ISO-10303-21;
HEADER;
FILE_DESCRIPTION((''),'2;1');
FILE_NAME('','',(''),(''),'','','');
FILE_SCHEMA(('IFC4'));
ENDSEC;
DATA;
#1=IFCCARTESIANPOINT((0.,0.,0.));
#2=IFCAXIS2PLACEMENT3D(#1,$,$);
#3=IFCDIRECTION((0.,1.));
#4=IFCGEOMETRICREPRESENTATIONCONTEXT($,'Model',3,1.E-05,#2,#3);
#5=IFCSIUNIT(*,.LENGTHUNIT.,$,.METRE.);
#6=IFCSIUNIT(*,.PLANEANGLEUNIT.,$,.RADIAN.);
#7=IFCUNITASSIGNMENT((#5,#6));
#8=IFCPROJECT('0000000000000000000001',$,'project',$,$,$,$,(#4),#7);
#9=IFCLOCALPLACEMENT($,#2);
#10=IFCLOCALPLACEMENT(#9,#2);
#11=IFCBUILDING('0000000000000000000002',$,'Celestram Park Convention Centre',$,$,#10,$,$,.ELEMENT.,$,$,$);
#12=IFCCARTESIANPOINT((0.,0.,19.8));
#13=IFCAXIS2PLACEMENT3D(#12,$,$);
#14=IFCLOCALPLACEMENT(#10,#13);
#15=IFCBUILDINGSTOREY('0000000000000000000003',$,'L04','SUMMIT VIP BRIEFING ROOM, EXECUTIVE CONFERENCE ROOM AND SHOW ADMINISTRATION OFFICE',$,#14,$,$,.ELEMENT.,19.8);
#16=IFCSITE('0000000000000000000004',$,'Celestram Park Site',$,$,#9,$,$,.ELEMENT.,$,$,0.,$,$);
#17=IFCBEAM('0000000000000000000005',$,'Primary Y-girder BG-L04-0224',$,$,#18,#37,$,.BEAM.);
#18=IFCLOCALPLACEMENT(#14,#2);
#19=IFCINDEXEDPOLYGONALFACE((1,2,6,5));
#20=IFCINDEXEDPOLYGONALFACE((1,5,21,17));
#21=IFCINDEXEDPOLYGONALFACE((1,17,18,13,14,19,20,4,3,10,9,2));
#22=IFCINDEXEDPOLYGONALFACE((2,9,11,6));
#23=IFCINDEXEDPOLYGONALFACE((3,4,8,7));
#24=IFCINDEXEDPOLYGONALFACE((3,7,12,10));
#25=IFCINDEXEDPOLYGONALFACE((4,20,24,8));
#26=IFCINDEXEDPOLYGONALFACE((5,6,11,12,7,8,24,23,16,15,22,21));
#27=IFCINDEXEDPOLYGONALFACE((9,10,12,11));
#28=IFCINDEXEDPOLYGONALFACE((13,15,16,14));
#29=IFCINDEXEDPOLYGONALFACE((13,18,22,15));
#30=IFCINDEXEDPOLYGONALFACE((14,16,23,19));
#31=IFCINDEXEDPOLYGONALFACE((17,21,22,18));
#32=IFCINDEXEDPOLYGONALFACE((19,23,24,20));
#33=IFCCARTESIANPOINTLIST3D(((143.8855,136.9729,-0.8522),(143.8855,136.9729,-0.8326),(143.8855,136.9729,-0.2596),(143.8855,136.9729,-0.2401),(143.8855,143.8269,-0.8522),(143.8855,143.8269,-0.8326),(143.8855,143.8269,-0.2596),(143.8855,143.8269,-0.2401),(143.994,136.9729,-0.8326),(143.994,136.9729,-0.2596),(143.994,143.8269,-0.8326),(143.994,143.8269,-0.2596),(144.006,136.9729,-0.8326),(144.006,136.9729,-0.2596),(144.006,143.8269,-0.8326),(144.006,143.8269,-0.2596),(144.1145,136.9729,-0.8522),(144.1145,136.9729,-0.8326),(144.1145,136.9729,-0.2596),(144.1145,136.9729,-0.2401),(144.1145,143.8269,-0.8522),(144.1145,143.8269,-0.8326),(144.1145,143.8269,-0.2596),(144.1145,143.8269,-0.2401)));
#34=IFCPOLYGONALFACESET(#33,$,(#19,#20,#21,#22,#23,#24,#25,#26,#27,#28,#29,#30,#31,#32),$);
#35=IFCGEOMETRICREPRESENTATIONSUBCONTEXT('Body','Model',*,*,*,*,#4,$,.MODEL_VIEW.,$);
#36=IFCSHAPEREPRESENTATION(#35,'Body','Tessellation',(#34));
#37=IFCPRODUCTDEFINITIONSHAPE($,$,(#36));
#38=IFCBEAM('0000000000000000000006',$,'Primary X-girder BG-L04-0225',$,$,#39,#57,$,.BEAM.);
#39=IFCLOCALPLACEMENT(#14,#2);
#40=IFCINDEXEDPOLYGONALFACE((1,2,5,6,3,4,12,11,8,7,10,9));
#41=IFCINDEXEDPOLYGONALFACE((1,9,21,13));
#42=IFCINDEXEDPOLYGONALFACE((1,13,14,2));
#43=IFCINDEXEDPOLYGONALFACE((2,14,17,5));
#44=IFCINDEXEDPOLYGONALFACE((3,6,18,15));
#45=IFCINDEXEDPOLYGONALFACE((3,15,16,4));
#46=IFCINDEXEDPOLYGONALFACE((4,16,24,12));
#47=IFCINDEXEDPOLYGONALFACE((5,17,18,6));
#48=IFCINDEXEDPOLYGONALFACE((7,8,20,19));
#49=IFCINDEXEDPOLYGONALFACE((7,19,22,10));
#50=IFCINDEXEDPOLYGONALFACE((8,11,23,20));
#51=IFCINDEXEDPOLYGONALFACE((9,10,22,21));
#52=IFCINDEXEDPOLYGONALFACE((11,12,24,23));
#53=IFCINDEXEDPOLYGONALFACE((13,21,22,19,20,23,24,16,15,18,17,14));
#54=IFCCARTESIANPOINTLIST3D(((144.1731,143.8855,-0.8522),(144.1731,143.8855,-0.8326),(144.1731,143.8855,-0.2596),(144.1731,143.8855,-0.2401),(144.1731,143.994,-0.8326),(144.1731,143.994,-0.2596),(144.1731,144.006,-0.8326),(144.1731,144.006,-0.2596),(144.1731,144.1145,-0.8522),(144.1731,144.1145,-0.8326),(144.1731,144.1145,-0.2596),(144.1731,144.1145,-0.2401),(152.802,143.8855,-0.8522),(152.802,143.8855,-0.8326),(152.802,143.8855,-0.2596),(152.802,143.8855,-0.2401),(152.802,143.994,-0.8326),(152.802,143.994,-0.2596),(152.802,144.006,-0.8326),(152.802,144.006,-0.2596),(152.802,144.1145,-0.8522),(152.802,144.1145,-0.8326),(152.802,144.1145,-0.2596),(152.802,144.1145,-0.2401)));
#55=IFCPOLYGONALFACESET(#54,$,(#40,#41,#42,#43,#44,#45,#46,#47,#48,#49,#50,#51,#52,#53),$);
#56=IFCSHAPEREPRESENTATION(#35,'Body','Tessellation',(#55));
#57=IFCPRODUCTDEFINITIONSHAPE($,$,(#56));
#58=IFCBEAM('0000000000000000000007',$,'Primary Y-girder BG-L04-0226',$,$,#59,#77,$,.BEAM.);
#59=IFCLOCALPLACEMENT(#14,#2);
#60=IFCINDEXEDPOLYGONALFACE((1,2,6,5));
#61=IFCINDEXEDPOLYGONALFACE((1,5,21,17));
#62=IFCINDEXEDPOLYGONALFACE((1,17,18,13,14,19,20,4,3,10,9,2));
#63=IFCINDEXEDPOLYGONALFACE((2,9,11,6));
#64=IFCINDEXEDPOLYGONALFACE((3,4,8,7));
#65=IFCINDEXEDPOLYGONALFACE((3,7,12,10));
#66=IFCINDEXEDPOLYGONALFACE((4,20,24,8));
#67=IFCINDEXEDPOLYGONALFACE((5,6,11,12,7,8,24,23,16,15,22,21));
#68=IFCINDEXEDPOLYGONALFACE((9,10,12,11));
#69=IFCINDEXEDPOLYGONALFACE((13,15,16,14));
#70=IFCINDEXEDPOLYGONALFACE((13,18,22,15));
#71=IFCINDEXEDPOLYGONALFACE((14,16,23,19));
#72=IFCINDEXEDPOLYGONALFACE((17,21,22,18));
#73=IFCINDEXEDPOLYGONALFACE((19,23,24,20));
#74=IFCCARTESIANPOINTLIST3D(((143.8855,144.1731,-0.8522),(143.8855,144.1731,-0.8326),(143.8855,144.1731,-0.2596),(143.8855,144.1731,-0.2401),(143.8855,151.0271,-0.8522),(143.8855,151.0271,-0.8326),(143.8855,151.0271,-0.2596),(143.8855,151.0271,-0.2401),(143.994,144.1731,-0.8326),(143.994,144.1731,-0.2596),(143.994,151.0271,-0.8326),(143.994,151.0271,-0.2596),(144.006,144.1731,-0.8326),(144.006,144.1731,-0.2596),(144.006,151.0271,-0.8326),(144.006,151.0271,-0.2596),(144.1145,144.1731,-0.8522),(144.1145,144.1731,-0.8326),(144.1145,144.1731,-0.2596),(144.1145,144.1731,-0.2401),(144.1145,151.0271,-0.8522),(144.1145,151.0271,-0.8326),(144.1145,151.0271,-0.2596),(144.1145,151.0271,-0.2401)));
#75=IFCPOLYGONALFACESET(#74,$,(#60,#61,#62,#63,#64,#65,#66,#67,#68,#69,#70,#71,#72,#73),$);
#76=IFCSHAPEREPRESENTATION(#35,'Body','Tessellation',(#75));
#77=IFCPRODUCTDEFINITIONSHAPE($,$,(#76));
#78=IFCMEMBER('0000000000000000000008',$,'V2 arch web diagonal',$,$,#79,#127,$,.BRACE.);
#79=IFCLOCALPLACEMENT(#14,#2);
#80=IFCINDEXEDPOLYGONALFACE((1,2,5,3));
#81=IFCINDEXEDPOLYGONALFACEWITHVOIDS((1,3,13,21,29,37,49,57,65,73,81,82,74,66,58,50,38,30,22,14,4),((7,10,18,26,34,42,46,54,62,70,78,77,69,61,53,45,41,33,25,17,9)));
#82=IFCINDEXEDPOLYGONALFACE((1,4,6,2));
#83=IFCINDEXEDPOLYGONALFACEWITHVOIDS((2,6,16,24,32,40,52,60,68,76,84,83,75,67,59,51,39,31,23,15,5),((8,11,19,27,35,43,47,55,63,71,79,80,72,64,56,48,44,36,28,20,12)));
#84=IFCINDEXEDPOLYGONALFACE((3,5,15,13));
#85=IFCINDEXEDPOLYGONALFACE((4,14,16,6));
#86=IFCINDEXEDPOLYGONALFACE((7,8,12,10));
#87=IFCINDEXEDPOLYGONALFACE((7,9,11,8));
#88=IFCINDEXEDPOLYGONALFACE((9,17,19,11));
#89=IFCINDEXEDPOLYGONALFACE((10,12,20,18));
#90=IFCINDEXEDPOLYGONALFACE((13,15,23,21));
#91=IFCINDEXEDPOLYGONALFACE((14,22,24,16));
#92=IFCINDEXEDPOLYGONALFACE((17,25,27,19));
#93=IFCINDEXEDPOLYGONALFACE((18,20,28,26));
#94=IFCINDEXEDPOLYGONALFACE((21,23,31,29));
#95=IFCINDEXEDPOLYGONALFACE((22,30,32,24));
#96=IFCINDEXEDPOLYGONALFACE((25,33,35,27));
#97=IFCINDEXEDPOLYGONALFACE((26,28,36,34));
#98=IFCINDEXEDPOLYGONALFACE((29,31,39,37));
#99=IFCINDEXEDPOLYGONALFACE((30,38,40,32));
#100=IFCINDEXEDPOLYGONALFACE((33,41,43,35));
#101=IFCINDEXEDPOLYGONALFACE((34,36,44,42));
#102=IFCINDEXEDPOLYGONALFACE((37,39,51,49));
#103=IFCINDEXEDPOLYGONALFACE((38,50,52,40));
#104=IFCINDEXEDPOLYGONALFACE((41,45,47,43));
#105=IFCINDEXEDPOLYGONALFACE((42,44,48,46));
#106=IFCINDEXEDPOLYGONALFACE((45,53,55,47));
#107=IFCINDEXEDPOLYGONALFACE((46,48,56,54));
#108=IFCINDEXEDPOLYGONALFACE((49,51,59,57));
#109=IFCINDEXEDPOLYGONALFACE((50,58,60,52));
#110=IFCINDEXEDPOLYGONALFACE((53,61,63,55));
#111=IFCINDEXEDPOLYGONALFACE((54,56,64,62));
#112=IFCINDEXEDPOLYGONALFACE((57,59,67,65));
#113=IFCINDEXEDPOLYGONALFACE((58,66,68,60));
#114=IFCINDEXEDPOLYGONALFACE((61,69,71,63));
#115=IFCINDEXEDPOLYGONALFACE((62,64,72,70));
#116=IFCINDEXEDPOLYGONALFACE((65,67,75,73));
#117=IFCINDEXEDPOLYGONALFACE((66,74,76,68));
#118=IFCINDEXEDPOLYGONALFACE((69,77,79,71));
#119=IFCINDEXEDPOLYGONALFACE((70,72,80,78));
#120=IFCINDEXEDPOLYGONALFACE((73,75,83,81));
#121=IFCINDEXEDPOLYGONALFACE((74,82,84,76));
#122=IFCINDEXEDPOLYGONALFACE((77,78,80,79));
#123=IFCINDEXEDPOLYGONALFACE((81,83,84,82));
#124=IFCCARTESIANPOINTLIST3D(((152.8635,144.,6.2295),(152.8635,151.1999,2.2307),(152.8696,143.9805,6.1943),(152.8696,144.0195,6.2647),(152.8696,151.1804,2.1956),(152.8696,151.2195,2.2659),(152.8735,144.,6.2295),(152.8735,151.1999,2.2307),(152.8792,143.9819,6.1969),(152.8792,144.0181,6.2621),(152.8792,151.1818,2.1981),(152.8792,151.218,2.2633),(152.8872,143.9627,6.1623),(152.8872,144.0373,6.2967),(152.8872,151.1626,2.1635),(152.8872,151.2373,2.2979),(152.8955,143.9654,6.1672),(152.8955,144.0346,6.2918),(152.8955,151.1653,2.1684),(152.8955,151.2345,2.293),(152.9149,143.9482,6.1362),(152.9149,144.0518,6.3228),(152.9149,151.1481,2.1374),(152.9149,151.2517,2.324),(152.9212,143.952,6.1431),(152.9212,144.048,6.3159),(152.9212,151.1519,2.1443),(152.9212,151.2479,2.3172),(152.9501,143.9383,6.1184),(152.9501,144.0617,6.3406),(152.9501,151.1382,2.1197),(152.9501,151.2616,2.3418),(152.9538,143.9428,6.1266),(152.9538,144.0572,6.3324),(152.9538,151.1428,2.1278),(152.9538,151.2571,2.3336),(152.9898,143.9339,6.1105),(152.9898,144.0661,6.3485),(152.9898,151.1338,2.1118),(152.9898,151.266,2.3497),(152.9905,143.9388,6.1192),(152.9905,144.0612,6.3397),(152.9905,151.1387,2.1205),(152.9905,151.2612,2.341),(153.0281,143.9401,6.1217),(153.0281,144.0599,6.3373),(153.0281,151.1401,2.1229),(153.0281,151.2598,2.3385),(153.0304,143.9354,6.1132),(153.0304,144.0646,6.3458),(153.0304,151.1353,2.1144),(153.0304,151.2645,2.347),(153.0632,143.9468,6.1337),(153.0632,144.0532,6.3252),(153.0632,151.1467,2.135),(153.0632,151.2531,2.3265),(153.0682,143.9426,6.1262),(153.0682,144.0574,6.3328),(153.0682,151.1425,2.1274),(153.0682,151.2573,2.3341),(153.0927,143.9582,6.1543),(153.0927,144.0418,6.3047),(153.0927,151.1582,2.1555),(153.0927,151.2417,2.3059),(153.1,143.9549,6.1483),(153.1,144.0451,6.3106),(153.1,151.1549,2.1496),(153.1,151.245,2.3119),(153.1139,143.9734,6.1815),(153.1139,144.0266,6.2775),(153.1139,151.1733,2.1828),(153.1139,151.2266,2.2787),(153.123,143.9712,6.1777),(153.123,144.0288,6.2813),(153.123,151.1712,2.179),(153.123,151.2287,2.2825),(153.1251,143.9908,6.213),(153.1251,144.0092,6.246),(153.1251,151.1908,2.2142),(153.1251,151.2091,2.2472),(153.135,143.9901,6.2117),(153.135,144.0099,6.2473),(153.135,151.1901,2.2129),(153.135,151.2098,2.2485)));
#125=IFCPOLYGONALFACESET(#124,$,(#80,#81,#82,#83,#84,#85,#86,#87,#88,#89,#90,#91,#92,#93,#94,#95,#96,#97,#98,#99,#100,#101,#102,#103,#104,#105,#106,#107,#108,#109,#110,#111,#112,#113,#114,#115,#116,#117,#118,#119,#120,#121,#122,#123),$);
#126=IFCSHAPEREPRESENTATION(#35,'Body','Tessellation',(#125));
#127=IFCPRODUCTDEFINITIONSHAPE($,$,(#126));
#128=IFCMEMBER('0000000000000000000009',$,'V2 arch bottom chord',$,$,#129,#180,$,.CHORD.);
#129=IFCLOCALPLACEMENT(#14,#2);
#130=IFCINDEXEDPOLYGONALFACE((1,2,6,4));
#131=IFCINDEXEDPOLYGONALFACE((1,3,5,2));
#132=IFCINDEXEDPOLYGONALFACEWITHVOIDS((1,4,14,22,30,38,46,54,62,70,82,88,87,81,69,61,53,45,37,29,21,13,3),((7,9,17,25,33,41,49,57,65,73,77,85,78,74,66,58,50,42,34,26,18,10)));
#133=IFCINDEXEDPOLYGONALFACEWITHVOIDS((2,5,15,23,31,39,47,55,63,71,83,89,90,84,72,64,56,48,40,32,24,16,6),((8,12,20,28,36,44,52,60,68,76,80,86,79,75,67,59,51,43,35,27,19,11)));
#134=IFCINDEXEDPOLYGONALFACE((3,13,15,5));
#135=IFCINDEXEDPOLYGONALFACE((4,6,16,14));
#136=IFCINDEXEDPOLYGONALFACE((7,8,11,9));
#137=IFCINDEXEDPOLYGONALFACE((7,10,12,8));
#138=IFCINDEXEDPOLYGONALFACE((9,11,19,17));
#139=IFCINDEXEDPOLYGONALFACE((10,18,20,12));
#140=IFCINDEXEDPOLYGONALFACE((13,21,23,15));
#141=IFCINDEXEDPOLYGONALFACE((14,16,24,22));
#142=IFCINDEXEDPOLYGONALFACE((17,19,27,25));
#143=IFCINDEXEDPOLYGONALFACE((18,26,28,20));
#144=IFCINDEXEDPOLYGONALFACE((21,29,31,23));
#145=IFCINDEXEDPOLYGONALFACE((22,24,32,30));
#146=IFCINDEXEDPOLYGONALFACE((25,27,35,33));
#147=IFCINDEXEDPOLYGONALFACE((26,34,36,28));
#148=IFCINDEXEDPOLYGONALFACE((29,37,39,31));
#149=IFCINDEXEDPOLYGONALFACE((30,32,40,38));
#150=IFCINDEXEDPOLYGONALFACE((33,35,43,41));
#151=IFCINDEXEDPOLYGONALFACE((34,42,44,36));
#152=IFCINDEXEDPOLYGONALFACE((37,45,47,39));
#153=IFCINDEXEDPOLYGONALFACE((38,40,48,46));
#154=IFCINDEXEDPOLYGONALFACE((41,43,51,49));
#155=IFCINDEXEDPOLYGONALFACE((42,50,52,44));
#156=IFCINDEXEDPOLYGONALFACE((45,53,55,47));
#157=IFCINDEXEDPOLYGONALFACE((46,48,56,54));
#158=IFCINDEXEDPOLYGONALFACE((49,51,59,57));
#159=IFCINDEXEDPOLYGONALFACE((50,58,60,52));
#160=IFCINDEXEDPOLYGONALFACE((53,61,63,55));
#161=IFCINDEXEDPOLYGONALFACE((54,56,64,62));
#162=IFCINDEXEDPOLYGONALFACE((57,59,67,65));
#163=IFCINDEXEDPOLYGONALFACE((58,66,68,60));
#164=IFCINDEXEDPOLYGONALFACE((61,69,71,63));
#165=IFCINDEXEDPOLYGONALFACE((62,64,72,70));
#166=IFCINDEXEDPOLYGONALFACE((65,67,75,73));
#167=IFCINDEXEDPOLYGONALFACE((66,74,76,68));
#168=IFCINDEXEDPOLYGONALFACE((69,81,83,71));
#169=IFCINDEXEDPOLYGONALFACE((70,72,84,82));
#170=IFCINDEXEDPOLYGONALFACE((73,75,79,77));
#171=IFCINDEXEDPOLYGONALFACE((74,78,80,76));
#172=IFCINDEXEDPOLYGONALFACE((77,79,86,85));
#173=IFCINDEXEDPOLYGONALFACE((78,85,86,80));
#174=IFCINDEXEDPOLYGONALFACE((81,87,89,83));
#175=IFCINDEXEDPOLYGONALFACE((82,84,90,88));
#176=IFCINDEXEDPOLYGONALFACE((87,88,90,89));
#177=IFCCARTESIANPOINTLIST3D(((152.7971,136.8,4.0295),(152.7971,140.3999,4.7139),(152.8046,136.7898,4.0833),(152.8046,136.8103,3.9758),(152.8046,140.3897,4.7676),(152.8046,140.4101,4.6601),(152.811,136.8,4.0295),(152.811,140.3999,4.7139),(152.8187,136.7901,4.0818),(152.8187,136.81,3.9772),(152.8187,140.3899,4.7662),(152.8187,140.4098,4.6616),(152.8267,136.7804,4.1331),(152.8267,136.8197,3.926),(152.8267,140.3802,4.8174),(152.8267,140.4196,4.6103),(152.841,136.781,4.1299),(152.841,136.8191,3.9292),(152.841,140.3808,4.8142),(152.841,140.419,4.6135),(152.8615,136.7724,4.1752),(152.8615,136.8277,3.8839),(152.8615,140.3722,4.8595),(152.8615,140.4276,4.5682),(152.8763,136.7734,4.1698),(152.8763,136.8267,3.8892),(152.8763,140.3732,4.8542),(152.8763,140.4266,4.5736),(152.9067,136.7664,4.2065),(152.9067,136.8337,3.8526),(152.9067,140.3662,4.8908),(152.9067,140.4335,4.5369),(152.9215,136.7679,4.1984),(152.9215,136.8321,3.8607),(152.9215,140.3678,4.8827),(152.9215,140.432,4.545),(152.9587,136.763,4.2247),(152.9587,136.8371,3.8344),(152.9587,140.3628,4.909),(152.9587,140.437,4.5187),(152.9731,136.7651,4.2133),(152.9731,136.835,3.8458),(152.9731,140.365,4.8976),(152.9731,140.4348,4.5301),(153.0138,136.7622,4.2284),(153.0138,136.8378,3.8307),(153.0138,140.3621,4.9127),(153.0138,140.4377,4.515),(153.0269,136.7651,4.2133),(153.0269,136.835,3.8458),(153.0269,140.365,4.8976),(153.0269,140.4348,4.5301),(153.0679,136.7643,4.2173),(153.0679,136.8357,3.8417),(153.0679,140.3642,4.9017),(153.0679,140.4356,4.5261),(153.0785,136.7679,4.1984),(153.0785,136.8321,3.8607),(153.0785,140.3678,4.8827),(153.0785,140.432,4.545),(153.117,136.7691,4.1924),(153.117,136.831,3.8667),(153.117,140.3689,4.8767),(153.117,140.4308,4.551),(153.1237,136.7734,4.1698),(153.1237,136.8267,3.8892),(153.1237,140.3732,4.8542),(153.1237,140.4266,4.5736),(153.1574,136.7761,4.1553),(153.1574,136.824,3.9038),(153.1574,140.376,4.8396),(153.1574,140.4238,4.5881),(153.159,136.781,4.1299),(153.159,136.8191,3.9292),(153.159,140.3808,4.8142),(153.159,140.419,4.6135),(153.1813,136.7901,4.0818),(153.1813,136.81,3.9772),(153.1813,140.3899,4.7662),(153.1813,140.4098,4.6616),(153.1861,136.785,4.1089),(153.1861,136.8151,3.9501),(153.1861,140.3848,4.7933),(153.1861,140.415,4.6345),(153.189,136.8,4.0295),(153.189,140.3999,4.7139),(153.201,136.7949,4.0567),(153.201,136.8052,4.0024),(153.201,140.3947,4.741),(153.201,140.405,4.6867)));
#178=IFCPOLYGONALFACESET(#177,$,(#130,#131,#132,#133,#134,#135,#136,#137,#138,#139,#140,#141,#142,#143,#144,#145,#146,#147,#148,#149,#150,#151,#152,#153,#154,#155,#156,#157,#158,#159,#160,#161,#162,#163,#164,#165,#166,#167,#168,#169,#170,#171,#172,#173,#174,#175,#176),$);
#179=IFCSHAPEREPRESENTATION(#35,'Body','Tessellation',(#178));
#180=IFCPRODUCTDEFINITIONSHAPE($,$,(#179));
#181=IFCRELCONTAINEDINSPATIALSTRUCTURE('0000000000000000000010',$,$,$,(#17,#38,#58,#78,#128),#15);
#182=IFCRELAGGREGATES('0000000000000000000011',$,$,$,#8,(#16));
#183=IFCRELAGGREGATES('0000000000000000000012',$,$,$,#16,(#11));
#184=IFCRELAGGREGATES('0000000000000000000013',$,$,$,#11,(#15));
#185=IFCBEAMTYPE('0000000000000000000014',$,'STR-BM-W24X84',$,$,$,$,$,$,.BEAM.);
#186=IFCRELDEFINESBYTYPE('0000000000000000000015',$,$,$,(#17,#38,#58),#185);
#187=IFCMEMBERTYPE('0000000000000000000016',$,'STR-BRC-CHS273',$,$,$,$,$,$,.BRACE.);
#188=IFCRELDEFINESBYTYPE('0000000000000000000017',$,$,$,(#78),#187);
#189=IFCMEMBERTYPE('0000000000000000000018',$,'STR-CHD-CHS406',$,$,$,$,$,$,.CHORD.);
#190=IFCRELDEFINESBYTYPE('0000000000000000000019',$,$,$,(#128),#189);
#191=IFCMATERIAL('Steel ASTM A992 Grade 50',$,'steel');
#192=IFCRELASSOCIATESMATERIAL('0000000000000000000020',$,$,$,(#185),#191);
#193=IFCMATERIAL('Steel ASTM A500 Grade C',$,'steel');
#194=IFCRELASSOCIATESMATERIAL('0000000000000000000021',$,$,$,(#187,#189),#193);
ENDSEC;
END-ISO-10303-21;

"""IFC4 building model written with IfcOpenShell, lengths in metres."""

from ifc_helpers import new_model, si_unit, direction, frame, origin, origin_2d, place, context, subcontext, project, spatial, hollow_circle, i_section, extrude, material, material_profile, profile_set, type_object, element, save


model = new_model("IFC4")

# Units and contexts
model_context = context("Model", 3, precision=1e-05, world=origin(), true_north=direction((0.0, 1.0)))
body_context = subcontext(model_context, "Body", "Model", "MODEL_VIEW")
ifc_project = project(units=[si_unit("LENGTHUNIT", "METRE"), si_unit("PLANEANGLEUNIT", "RADIAN")], contexts=[model_context])

# Site, building, storey
site_placement = place(None, origin())
site = spatial("IfcSite", under=ifc_project, at=site_placement, Name="Celestram Park Site", CompositionType="ELEMENT", RefElevation=0.0)
building_placement = place(site_placement, origin())
building = spatial("IfcBuilding", under=site, at=building_placement, Name="Celestram Park Convention Centre", CompositionType="ELEMENT")
storey_placement = place(building_placement, frame((0.0, 0.0, 19.8)))
storey = spatial("IfcBuildingStorey", under=building, at=storey_placement, Name="L04", Description="SUMMIT VIP BRIEFING ROOM, EXECUTIVE CONFERENCE ROOM AND SHOW ADMINISTRATION OFFICE", CompositionType="ELEMENT", Elevation=19.8)

# Beams
ifc_material_1 = material(Name="Steel ASTM A992 Grade 50", Category="steel")
ifc_material_profile_1 = material_profile(ifc_material_1, i_section(OverallWidth=0.229, OverallDepth=0.6121, WebThickness=0.012, FlangeThickness=0.0195, at=origin_2d()), Name="W24X84")
ifc_profile_set_1 = profile_set([ifc_material_profile_1], Name="Steel ASTM A992 Grade 50")
beam_type_1 = type_object("IfcBeamType", Name="STR-BM-W24X84", PredefinedType="BEAM", material=ifc_profile_set_1)
beam_1_placement = place(storey_placement, frame((144.0, 136.9729, -0.5461), z_axis=(0.0, 1.0, 0.0), x_axis=(-1.0, 0.0, 0.0)))
element("IfcBeam", 1, at=beam_1_placement, inside=storey, type_object=beam_type_1, Name="Primary Y-girder BG-L04-0224", PredefinedType="BEAM", context=body_context, shape_type="SweptSolid", body=[
    extrude(i_section(OverallWidth=0.229, OverallDepth=0.6121, WebThickness=0.012, FlangeThickness=0.0195, at=origin_2d()), origin(), (0.0, 0.0, 1.0), 6.854),
])
beam_2_placement = place(storey_placement, frame((144.1731, 144.0, -0.5461), z_axis=(1.0, 0.0, 0.0), x_axis=(0.0, 1.0, 0.0)))
element("IfcBeam", 2, at=beam_2_placement, inside=storey, type_object=beam_type_1, Name="Primary X-girder BG-L04-0225", PredefinedType="BEAM", context=body_context, shape_type="SweptSolid", body=[
    extrude(i_section(OverallWidth=0.229, OverallDepth=0.6121, WebThickness=0.012, FlangeThickness=0.0195, at=origin_2d()), origin(), (0.0, 0.0, 1.0), 8.6289),
])
beam_3_placement = place(storey_placement, frame((144.0, 144.1731, -0.5461), z_axis=(0.0, 1.0, 0.0), x_axis=(-1.0, 0.0, 0.0)))
element("IfcBeam", 3, at=beam_3_placement, inside=storey, type_object=beam_type_1, Name="Primary Y-girder BG-L04-0226", PredefinedType="BEAM", context=body_context, shape_type="SweptSolid", body=[
    extrude(i_section(OverallWidth=0.229, OverallDepth=0.6121, WebThickness=0.012, FlangeThickness=0.0195, at=origin_2d()), origin(), (0.0, 0.0, 1.0), 6.854),
])

# Members
ifc_material_2 = material(Name="Steel ASTM A500 Grade C", Category="steel")
ifc_material_profile_2 = material_profile(ifc_material_2, hollow_circle(Radius=0.1365, WallThickness=0.01, at=origin_2d()), Name="CHS273X10")
ifc_profile_set_2 = profile_set([ifc_material_profile_2], Name="Steel ASTM A500 Grade C")
member_type_1 = type_object("IfcMemberType", Name="STR-BRC-CHS273", PredefinedType="BRACE", material=ifc_profile_set_2)
member_1_placement = place(storey_placement, frame((153.0, 144.0, 6.2295), z_axis=(0.0, 0.874219, -0.485532), x_axis=(-1.0, 0.0, 0.0)))
element("IfcMember", 4, at=member_1_placement, inside=storey, type_object=member_type_1, Name="V2 arch web diagonal", PredefinedType="BRACE", context=body_context, shape_type="SweptSolid", body=[
    extrude(hollow_circle(Radius=0.1365, WallThickness=0.01, at=origin_2d()), origin(), (0.0, 0.0, 1.0), 8.2358),
])
ifc_material_profile_3 = material_profile(ifc_material_2, hollow_circle(Radius=0.2029, WallThickness=0.0139, at=origin_2d()), Name="CHS406X14")
ifc_profile_set_3 = profile_set([ifc_material_profile_3], Name="Steel ASTM A500 Grade C")
member_type_2 = type_object("IfcMemberType", Name="STR-CHD-CHS406", PredefinedType="CHORD", material=ifc_profile_set_3)
member_2_placement = place(storey_placement, frame((153.0, 136.8, 4.0295), z_axis=(0.0, 0.982407, 0.186754), x_axis=(-1.0, 0.0, 0.0)))
element("IfcMember", 5, at=member_2_placement, inside=storey, type_object=member_type_2, Name="V2 arch bottom chord", PredefinedType="CHORD", context=body_context, shape_type="SweptSolid", body=[
    extrude(hollow_circle(Radius=0.2029, WallThickness=0.0139, at=origin_2d()), origin(), (0.0, 0.0, 1.0), 3.6643),
])

save(model, "model.ifc")
